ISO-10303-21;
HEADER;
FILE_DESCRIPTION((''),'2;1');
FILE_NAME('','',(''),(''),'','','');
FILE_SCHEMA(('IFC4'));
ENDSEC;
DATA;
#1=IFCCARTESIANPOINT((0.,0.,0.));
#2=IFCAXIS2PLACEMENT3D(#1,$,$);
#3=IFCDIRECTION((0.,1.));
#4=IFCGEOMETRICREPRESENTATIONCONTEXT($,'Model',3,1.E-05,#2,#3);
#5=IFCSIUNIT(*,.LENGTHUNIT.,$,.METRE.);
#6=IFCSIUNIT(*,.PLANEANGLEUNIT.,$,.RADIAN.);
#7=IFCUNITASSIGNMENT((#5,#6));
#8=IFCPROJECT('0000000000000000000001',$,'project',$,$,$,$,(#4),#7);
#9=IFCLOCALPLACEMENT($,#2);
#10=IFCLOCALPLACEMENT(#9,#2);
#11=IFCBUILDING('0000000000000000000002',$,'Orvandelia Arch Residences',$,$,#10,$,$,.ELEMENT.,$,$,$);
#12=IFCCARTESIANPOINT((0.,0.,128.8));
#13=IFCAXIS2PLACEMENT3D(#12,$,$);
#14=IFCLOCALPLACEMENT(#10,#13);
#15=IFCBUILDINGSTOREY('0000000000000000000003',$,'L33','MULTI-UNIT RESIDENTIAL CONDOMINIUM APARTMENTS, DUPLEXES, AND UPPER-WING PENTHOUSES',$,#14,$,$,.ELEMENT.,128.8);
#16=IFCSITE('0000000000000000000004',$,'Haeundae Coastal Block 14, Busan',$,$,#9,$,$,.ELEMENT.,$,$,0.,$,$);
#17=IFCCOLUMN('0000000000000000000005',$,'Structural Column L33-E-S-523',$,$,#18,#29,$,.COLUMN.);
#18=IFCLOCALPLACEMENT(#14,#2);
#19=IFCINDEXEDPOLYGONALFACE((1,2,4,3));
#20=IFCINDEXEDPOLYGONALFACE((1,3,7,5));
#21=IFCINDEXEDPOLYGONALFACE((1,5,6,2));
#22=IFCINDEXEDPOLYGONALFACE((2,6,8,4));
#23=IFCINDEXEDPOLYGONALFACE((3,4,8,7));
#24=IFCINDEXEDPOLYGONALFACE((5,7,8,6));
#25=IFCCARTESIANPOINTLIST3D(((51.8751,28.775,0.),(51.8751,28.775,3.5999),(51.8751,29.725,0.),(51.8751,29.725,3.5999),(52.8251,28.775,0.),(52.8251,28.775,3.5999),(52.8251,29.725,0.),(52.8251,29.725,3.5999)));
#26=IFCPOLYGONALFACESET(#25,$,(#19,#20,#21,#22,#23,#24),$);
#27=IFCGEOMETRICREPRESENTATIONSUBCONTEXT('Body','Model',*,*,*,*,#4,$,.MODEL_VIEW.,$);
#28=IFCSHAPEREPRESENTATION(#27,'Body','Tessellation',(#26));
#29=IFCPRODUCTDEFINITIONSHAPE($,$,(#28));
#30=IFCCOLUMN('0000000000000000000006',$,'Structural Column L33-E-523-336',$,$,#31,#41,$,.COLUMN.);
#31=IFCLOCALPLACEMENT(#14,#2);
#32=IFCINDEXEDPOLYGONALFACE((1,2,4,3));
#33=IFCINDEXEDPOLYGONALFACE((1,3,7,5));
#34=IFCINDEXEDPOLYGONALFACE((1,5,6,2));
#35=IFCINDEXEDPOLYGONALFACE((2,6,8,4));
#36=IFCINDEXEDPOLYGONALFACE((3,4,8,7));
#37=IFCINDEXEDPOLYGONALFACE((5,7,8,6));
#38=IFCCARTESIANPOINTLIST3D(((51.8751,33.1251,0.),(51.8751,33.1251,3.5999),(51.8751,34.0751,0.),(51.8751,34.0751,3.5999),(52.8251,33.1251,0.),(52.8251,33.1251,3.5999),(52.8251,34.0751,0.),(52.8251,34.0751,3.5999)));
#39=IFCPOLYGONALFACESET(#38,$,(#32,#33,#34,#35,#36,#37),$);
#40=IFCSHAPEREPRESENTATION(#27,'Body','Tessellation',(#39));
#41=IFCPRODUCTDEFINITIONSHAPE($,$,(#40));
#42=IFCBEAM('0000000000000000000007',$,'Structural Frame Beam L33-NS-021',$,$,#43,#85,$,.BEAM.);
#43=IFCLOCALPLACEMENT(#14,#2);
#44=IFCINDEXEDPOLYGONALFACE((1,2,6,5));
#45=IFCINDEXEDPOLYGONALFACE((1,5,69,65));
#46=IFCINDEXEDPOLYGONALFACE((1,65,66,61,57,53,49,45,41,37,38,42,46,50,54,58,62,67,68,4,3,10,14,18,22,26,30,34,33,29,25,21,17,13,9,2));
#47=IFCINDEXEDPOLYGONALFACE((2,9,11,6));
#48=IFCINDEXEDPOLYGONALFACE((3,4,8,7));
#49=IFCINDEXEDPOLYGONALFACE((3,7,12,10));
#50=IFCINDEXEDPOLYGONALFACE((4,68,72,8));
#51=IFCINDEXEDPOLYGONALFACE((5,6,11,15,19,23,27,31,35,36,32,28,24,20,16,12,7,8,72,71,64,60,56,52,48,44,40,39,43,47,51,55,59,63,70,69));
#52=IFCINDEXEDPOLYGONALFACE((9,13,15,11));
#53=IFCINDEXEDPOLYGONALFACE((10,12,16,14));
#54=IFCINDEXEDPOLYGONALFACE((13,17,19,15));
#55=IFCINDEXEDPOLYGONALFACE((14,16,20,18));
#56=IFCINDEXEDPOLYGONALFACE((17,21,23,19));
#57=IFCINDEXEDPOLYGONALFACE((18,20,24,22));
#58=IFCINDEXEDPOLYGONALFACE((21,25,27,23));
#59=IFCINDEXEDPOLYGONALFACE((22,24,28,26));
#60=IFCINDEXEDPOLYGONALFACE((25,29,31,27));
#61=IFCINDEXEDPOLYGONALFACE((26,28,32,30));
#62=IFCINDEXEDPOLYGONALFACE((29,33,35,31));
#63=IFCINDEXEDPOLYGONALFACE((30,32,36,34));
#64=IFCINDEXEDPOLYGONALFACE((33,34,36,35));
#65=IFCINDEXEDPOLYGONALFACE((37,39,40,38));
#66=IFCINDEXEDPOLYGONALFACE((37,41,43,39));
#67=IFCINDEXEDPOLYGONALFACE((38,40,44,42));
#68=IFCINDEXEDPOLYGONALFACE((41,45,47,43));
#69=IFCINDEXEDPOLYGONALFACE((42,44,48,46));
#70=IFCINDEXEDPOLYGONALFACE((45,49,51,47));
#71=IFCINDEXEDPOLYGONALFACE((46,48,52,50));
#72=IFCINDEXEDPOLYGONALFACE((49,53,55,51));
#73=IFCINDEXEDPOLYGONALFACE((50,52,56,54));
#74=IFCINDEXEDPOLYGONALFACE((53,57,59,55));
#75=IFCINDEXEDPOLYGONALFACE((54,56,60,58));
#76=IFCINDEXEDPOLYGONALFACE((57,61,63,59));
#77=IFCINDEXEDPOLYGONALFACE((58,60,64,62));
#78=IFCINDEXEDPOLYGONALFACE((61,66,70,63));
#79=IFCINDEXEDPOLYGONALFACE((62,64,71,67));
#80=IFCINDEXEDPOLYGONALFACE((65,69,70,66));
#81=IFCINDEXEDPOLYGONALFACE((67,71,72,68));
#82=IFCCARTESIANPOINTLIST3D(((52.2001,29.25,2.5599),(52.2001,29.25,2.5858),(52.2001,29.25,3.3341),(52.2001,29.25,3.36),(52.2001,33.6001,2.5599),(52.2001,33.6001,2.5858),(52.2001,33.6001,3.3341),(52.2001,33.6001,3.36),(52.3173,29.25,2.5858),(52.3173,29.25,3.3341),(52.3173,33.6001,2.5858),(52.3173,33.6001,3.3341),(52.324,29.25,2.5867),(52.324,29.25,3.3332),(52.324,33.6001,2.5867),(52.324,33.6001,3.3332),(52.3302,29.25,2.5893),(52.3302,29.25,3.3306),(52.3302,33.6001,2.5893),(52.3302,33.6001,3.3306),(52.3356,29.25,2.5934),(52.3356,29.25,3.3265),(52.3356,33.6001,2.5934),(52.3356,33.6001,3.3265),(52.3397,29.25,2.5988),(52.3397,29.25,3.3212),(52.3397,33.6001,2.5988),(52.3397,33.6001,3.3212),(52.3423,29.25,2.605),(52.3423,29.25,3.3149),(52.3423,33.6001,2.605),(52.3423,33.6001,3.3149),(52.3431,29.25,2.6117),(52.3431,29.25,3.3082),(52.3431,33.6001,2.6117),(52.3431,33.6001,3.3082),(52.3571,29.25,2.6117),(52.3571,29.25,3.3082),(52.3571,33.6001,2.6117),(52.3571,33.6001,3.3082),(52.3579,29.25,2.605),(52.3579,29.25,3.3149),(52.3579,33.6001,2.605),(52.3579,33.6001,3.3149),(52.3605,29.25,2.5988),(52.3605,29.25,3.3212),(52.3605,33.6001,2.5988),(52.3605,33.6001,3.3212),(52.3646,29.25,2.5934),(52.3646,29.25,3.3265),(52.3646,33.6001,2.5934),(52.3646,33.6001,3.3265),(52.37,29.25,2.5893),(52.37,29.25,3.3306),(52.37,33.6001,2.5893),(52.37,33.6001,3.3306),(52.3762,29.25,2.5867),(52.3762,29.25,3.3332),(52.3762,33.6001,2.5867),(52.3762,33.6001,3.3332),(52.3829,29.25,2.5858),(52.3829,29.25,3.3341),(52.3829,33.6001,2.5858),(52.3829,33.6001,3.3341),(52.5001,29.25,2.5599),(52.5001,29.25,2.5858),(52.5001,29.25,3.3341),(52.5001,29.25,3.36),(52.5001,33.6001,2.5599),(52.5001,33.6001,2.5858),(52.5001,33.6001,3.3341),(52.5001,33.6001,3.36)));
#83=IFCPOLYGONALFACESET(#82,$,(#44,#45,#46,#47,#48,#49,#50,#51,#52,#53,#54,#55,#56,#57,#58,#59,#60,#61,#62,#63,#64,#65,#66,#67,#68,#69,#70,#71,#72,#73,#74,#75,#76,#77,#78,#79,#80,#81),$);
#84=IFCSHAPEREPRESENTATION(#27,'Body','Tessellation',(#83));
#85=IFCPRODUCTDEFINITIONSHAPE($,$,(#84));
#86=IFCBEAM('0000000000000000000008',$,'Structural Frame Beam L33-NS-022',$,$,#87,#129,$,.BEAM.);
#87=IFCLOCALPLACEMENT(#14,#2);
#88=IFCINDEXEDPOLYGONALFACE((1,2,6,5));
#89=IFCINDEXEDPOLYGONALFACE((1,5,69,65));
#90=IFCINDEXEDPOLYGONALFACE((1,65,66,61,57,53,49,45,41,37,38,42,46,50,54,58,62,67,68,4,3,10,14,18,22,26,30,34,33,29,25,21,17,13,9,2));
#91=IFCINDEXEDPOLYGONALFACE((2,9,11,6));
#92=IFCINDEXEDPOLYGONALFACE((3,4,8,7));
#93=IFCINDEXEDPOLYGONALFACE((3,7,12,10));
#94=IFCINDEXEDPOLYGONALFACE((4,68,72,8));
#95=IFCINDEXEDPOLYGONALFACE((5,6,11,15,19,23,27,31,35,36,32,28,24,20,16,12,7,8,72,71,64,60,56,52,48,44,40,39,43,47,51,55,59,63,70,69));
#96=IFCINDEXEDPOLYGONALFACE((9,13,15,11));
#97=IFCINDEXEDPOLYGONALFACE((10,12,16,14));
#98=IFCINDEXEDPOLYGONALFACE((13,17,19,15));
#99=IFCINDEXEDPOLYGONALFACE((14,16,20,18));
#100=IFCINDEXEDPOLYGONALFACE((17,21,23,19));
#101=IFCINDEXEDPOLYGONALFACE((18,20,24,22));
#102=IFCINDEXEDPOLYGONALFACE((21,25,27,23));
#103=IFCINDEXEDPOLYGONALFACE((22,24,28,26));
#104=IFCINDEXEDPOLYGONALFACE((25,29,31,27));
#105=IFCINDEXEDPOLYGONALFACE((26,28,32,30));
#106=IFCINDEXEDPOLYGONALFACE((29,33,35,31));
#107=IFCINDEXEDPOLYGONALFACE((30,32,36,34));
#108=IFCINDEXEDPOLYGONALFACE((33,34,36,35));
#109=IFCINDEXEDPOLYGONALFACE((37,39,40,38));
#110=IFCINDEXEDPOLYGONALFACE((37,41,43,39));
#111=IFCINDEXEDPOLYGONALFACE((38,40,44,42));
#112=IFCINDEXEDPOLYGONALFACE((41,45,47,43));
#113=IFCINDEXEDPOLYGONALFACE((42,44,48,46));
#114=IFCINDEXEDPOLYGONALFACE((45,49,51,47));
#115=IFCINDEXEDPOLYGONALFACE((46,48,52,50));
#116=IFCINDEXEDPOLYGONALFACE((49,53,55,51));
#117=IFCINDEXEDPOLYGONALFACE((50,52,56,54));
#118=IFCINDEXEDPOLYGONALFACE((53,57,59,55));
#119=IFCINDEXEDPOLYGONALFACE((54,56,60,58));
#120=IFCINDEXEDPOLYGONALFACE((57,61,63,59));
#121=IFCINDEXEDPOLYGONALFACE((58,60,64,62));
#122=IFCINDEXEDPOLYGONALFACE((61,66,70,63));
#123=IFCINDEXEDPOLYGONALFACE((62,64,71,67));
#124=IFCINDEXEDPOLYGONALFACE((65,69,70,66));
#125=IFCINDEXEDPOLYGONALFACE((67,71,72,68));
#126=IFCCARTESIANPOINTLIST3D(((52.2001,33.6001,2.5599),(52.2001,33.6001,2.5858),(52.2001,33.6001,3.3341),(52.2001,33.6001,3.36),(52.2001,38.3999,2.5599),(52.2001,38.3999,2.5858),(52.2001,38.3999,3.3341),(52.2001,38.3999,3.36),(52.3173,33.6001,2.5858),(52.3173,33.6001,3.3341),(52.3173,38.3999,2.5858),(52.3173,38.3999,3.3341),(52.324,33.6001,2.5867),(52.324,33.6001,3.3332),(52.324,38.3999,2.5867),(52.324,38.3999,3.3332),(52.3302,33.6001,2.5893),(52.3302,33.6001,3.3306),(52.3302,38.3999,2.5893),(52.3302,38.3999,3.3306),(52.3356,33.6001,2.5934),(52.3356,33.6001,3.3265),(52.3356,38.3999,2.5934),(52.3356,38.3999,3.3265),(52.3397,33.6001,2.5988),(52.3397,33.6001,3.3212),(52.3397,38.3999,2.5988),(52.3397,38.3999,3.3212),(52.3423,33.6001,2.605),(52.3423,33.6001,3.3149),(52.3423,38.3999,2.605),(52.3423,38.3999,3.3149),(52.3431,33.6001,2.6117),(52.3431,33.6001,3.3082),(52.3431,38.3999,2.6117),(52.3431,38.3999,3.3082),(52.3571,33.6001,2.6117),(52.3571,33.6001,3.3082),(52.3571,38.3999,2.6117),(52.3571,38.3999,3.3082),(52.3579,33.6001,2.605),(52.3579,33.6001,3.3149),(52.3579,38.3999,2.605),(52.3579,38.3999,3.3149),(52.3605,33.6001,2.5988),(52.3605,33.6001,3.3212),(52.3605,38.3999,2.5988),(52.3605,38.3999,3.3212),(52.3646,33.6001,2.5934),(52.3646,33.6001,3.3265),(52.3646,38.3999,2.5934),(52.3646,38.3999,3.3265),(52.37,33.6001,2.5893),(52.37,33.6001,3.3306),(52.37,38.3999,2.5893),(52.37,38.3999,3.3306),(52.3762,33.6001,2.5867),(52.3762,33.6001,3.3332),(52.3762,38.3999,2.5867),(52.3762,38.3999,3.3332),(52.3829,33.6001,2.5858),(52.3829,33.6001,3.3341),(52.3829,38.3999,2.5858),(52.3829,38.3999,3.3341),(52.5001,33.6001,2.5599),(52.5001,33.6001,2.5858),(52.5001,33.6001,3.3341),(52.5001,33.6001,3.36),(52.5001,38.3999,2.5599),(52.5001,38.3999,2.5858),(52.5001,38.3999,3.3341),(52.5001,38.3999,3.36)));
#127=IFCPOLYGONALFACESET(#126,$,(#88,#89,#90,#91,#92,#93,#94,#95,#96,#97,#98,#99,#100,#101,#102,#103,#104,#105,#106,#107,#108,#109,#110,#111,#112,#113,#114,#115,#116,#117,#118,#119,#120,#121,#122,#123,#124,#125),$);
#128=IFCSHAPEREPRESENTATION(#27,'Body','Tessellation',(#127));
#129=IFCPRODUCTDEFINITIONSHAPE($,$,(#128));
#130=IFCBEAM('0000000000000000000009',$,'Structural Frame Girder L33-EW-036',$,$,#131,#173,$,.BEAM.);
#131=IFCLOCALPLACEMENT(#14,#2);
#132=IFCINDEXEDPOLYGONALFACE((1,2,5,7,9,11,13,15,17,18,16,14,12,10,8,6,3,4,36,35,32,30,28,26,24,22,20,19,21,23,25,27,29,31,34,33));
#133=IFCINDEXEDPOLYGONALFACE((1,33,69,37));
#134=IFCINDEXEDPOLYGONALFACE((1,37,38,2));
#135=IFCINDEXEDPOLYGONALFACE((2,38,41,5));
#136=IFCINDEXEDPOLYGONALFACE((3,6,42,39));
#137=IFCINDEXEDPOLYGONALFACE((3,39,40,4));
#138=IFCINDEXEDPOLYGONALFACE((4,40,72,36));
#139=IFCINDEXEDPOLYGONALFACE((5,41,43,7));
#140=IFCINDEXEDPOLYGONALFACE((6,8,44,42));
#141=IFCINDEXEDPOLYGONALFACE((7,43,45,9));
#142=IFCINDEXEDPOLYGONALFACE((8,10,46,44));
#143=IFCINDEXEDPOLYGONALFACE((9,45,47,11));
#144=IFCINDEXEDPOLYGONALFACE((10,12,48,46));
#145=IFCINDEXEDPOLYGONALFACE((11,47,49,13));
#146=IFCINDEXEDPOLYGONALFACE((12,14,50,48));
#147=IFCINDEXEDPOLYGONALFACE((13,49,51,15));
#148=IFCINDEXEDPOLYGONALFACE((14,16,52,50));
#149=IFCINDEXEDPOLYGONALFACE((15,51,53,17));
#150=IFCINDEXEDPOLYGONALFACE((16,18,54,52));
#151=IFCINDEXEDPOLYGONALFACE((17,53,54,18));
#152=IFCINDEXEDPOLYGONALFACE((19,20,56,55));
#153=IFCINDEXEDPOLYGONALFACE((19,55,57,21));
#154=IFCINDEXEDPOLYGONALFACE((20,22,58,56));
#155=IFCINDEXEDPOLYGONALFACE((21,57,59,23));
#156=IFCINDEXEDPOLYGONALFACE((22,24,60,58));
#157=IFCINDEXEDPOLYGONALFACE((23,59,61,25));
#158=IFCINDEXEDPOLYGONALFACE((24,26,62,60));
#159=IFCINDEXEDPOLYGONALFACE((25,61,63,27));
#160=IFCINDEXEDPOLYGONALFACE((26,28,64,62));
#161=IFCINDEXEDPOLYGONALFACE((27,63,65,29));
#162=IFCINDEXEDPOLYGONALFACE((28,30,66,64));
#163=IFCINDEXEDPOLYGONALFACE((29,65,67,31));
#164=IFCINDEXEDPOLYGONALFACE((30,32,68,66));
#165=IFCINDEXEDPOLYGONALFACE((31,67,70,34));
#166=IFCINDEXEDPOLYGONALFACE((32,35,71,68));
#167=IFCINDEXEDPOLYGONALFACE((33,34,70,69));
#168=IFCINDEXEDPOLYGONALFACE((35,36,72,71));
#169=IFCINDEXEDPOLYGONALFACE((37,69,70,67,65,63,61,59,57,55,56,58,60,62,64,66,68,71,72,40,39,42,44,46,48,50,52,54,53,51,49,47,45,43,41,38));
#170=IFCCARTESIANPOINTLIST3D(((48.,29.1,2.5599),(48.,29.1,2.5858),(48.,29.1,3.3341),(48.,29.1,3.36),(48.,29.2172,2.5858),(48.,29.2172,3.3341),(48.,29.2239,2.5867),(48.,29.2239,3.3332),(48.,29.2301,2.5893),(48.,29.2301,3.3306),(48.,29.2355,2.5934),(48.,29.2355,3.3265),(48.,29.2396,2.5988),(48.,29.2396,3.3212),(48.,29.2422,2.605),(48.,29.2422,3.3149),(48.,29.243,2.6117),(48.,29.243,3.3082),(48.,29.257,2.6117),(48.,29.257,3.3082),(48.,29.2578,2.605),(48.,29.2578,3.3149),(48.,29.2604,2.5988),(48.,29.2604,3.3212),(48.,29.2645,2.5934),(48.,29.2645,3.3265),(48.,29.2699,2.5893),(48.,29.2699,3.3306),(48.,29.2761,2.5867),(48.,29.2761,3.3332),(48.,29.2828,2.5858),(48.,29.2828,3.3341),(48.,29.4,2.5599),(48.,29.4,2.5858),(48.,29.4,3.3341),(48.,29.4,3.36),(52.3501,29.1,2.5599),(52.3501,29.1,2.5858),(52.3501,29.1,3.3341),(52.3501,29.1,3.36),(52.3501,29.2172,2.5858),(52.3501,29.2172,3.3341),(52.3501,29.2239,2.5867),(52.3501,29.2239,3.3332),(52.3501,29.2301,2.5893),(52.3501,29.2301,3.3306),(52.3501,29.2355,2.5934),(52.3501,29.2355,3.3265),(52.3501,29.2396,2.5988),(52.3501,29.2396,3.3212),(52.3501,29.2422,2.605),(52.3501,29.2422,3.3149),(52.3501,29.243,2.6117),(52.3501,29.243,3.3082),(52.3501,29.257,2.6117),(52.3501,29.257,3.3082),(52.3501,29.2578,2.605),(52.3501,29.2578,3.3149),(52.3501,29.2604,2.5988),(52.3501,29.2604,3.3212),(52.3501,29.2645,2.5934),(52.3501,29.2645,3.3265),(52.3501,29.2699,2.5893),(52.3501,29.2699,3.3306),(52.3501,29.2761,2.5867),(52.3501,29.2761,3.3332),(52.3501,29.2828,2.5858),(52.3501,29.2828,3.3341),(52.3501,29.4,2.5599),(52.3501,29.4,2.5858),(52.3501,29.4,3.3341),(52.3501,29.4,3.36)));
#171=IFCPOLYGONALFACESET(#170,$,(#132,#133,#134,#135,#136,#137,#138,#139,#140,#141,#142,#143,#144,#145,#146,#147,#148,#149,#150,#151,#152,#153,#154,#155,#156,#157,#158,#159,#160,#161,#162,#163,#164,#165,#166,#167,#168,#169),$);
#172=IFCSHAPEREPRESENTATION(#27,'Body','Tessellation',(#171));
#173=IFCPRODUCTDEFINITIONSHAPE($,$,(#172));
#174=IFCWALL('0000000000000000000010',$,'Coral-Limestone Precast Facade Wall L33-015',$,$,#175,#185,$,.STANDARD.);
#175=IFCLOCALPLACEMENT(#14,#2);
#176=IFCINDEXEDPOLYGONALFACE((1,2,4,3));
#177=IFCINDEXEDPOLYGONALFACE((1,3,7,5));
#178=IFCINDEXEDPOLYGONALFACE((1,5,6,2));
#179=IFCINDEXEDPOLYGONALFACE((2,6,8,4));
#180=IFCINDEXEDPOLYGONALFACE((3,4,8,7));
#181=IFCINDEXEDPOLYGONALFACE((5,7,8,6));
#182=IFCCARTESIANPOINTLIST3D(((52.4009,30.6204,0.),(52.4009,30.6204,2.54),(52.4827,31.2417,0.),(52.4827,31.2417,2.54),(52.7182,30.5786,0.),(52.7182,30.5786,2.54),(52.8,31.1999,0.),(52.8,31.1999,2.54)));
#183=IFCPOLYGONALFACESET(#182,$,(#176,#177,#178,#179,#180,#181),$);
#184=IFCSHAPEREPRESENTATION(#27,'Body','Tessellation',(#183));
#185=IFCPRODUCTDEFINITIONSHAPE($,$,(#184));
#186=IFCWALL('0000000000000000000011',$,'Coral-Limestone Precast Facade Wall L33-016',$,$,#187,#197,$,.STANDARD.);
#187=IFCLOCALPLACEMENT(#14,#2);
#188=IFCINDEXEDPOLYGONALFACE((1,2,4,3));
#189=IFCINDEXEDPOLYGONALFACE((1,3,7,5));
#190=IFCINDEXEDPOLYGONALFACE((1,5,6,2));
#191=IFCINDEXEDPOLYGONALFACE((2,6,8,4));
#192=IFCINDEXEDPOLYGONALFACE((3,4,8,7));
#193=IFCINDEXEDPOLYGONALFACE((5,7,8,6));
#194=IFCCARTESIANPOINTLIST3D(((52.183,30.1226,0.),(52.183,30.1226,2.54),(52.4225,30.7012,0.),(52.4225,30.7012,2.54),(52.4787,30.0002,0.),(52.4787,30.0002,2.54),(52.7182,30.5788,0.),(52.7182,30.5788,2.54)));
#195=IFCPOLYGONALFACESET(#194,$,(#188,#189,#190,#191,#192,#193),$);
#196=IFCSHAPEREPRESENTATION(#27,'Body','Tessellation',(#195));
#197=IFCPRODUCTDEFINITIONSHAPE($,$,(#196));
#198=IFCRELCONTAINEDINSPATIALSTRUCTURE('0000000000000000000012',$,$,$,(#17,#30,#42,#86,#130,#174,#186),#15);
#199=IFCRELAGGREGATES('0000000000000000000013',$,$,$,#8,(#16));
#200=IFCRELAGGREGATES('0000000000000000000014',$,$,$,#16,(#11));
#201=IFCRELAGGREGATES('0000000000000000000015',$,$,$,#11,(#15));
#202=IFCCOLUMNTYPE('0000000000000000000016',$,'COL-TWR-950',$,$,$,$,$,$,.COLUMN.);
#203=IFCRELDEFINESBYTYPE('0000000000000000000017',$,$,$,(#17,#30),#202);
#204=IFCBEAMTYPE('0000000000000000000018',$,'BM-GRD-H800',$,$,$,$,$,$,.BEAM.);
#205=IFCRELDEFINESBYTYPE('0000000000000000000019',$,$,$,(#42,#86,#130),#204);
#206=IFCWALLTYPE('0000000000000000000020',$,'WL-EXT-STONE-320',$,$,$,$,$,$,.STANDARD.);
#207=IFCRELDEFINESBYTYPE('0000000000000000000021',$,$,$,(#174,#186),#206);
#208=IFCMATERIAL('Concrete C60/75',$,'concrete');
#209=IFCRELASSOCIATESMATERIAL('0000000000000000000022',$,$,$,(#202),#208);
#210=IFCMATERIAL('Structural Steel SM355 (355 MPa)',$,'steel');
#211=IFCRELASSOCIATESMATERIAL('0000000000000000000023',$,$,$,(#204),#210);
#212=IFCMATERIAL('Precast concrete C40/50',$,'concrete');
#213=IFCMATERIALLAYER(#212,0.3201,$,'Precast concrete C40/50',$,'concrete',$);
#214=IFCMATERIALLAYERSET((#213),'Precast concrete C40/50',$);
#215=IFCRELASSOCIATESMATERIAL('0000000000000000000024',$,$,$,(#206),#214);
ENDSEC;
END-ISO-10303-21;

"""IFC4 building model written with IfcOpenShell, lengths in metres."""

from ifc_helpers import new_model, si_unit, direction, frame, frame_2d, origin, origin_2d, place, context, subcontext, project, spatial, rectangle, i_section, extrude, material, layer, layer_set, material_profile, profile_set, type_object, element, save


model = new_model("IFC4")

# Units and contexts
model_context = context("Model", 3, precision=1e-05, world=origin(), true_north=direction((0.0, 1.0)))
body_context = subcontext(model_context, "Body", "Model", "MODEL_VIEW")
ifc_project = project(units=[si_unit("LENGTHUNIT", "METRE"), si_unit("PLANEANGLEUNIT", "RADIAN")], contexts=[model_context])

# Site, building, storey
site_placement = place(None, origin())
site = spatial("IfcSite", under=ifc_project, at=site_placement, Name="Haeundae Coastal Block 14, Busan", CompositionType="ELEMENT", RefElevation=0.0)
building_placement = place(site_placement, origin())
building = spatial("IfcBuilding", under=site, at=building_placement, Name="Orvandelia Arch Residences", CompositionType="ELEMENT")
storey_placement = place(building_placement, frame((0.0, 0.0, 128.8)))
storey = spatial("IfcBuildingStorey", under=building, at=storey_placement, Name="L33", Description="MULTI-UNIT RESIDENTIAL CONDOMINIUM APARTMENTS, DUPLEXES, AND UPPER-WING PENTHOUSES", CompositionType="ELEMENT", Elevation=128.8)

# Columns
ifc_material_1 = material(Name="Concrete C60/75", Category="concrete")
ifc_material_profile_1 = material_profile(ifc_material_1, rectangle(XDim=0.95, YDim=0.95, at=origin_2d()), Name="Concrete C60/75", Category="concrete")
ifc_profile_set_1 = profile_set([ifc_material_profile_1], Name="Concrete C60/75")
column_type = type_object("IfcColumnType", Name="COL-TWR-950", PredefinedType="COLUMN", material=ifc_profile_set_1)
for number, where, z_axis, x_axis, name in (
    (1, (52.3501, 29.25, 0.0), (0.0, 0.0, 1.0), (1.0, 0.0, 0.0), "Structural Column L33-E-S-523"),
    (2, (52.3501, 33.6001, 0.0), (0.0, 0.0, 1.0), (1.0, 0.0, 0.0), "Structural Column L33-E-523-336"),
):
    element("IfcColumn", number, at=place(storey_placement, frame(where, z_axis=z_axis, x_axis=x_axis)), inside=storey, type_object=column_type, Name=name, PredefinedType="COLUMN", context=body_context, shape_type="SweptSolid", body=[
        extrude(rectangle(XDim=0.95, YDim=0.95, at=origin_2d()), origin(), (0.0, 0.0, 1.0), 3.5999),
    ])

# Beams
ifc_material_2 = material(Name="Structural Steel SM355 (355 MPa)", Category="steel")
ifc_material_profile_2 = material_profile(ifc_material_2, i_section(OverallWidth=0.3, OverallDepth=0.8, WebThickness=0.0139, FlangeThickness=0.0259, FilletRadius=0.0259, at=origin_2d()), Name="Structural Steel SM355 (355 MPa)", Category="steel")
ifc_profile_set_2 = profile_set([ifc_material_profile_2], Name="Structural Steel SM355 (355 MPa)")
beam_type = type_object("IfcBeamType", Name="BM-GRD-H800", PredefinedType="BEAM", material=ifc_profile_set_2)
beam_1_placement = place(storey_placement, frame((52.3501, 29.25, 2.96), z_axis=(0.0, 1.0, 0.0), x_axis=(-1.0, 0.0, 0.0)))
element("IfcBeam", 3, at=beam_1_placement, inside=storey, type_object=beam_type, Name="Structural Frame Beam L33-NS-021", PredefinedType="BEAM", context=body_context, shape_type="SweptSolid", body=[
    extrude(i_section(OverallWidth=0.3, OverallDepth=0.8, WebThickness=0.0139, FlangeThickness=0.0259, FilletRadius=0.0259, at=origin_2d()), origin(), (0.0, 0.0, 1.0), 4.3501),
])
beam_2_placement = place(storey_placement, frame((52.3501, 33.6001, 2.96), z_axis=(0.0, 1.0, 0.0), x_axis=(-1.0, 0.0, 0.0)))
element("IfcBeam", 4, at=beam_2_placement, inside=storey, type_object=beam_type, Name="Structural Frame Beam L33-NS-022", PredefinedType="BEAM", context=body_context, shape_type="SweptSolid", body=[
    extrude(i_section(OverallWidth=0.3, OverallDepth=0.8, WebThickness=0.0139, FlangeThickness=0.0259, FilletRadius=0.0259, at=origin_2d()), origin(), (0.0, 0.0, 1.0), 4.7998),
])
beam_3_placement = place(storey_placement, frame((48.0, 29.25, 2.96), z_axis=(1.0, 0.0, 0.0), x_axis=(0.0, 1.0, 0.0)))
element("IfcBeam", 5, at=beam_3_placement, inside=storey, type_object=beam_type, Name="Structural Frame Girder L33-EW-036", PredefinedType="BEAM", context=body_context, shape_type="SweptSolid", body=[
    extrude(i_section(OverallWidth=0.3, OverallDepth=0.8, WebThickness=0.0139, FlangeThickness=0.0259, FilletRadius=0.0259, at=origin_2d()), origin(), (0.0, 0.0, 1.0), 4.3501),
])

# Walls
ifc_material_3 = material(Name="Precast concrete C40/50", Category="concrete")
ifc_layer_1 = layer(ifc_material_3, 0.3201, Name="Precast concrete C40/50", Category="concrete")
ifc_layer_set_1 = layer_set([ifc_layer_1], Name="Precast concrete C40/50")
wall_type_1 = type_object("IfcWallType", Name="WL-EXT-STONE-320", PredefinedType="STANDARD", material=ifc_layer_set_1)
wall_1_placement = place(storey_placement, frame((52.6414, 31.2209, 0.0), z_axis=(0.0, 0.0, 1.0), x_axis=(-0.130505, -0.991448, 0.0)))
element("IfcWall", 6, at=wall_1_placement, inside=storey, type_object=wall_type_1, Name="Coral-Limestone Precast Facade Wall L33-015", PredefinedType="STANDARD", context=body_context, shape_type="SweptSolid", body=[
    extrude(rectangle(XDim=0.6267, YDim=0.3201, at=frame_2d((0.3135, 0.0))), origin(), (0.0, 0.0, 1.0), 2.54),
])
wall_2_placement = place(storey_placement, frame((52.5703, 30.6399, 0.0), z_axis=(0.0, 0.0, 1.0), x_axis=(-0.382455, -0.923974, 0.0)))
element("IfcWall", 7, at=wall_2_placement, inside=storey, type_object=wall_type_1, Name="Coral-Limestone Precast Facade Wall L33-016", PredefinedType="STANDARD", context=body_context, shape_type="SweptSolid", body=[
    extrude(rectangle(XDim=0.6262, YDim=0.3201, at=frame_2d((0.313, 0.0))), origin(), (0.0, 0.0, 1.0), 2.54),
])

save(model, "model.ifc")
